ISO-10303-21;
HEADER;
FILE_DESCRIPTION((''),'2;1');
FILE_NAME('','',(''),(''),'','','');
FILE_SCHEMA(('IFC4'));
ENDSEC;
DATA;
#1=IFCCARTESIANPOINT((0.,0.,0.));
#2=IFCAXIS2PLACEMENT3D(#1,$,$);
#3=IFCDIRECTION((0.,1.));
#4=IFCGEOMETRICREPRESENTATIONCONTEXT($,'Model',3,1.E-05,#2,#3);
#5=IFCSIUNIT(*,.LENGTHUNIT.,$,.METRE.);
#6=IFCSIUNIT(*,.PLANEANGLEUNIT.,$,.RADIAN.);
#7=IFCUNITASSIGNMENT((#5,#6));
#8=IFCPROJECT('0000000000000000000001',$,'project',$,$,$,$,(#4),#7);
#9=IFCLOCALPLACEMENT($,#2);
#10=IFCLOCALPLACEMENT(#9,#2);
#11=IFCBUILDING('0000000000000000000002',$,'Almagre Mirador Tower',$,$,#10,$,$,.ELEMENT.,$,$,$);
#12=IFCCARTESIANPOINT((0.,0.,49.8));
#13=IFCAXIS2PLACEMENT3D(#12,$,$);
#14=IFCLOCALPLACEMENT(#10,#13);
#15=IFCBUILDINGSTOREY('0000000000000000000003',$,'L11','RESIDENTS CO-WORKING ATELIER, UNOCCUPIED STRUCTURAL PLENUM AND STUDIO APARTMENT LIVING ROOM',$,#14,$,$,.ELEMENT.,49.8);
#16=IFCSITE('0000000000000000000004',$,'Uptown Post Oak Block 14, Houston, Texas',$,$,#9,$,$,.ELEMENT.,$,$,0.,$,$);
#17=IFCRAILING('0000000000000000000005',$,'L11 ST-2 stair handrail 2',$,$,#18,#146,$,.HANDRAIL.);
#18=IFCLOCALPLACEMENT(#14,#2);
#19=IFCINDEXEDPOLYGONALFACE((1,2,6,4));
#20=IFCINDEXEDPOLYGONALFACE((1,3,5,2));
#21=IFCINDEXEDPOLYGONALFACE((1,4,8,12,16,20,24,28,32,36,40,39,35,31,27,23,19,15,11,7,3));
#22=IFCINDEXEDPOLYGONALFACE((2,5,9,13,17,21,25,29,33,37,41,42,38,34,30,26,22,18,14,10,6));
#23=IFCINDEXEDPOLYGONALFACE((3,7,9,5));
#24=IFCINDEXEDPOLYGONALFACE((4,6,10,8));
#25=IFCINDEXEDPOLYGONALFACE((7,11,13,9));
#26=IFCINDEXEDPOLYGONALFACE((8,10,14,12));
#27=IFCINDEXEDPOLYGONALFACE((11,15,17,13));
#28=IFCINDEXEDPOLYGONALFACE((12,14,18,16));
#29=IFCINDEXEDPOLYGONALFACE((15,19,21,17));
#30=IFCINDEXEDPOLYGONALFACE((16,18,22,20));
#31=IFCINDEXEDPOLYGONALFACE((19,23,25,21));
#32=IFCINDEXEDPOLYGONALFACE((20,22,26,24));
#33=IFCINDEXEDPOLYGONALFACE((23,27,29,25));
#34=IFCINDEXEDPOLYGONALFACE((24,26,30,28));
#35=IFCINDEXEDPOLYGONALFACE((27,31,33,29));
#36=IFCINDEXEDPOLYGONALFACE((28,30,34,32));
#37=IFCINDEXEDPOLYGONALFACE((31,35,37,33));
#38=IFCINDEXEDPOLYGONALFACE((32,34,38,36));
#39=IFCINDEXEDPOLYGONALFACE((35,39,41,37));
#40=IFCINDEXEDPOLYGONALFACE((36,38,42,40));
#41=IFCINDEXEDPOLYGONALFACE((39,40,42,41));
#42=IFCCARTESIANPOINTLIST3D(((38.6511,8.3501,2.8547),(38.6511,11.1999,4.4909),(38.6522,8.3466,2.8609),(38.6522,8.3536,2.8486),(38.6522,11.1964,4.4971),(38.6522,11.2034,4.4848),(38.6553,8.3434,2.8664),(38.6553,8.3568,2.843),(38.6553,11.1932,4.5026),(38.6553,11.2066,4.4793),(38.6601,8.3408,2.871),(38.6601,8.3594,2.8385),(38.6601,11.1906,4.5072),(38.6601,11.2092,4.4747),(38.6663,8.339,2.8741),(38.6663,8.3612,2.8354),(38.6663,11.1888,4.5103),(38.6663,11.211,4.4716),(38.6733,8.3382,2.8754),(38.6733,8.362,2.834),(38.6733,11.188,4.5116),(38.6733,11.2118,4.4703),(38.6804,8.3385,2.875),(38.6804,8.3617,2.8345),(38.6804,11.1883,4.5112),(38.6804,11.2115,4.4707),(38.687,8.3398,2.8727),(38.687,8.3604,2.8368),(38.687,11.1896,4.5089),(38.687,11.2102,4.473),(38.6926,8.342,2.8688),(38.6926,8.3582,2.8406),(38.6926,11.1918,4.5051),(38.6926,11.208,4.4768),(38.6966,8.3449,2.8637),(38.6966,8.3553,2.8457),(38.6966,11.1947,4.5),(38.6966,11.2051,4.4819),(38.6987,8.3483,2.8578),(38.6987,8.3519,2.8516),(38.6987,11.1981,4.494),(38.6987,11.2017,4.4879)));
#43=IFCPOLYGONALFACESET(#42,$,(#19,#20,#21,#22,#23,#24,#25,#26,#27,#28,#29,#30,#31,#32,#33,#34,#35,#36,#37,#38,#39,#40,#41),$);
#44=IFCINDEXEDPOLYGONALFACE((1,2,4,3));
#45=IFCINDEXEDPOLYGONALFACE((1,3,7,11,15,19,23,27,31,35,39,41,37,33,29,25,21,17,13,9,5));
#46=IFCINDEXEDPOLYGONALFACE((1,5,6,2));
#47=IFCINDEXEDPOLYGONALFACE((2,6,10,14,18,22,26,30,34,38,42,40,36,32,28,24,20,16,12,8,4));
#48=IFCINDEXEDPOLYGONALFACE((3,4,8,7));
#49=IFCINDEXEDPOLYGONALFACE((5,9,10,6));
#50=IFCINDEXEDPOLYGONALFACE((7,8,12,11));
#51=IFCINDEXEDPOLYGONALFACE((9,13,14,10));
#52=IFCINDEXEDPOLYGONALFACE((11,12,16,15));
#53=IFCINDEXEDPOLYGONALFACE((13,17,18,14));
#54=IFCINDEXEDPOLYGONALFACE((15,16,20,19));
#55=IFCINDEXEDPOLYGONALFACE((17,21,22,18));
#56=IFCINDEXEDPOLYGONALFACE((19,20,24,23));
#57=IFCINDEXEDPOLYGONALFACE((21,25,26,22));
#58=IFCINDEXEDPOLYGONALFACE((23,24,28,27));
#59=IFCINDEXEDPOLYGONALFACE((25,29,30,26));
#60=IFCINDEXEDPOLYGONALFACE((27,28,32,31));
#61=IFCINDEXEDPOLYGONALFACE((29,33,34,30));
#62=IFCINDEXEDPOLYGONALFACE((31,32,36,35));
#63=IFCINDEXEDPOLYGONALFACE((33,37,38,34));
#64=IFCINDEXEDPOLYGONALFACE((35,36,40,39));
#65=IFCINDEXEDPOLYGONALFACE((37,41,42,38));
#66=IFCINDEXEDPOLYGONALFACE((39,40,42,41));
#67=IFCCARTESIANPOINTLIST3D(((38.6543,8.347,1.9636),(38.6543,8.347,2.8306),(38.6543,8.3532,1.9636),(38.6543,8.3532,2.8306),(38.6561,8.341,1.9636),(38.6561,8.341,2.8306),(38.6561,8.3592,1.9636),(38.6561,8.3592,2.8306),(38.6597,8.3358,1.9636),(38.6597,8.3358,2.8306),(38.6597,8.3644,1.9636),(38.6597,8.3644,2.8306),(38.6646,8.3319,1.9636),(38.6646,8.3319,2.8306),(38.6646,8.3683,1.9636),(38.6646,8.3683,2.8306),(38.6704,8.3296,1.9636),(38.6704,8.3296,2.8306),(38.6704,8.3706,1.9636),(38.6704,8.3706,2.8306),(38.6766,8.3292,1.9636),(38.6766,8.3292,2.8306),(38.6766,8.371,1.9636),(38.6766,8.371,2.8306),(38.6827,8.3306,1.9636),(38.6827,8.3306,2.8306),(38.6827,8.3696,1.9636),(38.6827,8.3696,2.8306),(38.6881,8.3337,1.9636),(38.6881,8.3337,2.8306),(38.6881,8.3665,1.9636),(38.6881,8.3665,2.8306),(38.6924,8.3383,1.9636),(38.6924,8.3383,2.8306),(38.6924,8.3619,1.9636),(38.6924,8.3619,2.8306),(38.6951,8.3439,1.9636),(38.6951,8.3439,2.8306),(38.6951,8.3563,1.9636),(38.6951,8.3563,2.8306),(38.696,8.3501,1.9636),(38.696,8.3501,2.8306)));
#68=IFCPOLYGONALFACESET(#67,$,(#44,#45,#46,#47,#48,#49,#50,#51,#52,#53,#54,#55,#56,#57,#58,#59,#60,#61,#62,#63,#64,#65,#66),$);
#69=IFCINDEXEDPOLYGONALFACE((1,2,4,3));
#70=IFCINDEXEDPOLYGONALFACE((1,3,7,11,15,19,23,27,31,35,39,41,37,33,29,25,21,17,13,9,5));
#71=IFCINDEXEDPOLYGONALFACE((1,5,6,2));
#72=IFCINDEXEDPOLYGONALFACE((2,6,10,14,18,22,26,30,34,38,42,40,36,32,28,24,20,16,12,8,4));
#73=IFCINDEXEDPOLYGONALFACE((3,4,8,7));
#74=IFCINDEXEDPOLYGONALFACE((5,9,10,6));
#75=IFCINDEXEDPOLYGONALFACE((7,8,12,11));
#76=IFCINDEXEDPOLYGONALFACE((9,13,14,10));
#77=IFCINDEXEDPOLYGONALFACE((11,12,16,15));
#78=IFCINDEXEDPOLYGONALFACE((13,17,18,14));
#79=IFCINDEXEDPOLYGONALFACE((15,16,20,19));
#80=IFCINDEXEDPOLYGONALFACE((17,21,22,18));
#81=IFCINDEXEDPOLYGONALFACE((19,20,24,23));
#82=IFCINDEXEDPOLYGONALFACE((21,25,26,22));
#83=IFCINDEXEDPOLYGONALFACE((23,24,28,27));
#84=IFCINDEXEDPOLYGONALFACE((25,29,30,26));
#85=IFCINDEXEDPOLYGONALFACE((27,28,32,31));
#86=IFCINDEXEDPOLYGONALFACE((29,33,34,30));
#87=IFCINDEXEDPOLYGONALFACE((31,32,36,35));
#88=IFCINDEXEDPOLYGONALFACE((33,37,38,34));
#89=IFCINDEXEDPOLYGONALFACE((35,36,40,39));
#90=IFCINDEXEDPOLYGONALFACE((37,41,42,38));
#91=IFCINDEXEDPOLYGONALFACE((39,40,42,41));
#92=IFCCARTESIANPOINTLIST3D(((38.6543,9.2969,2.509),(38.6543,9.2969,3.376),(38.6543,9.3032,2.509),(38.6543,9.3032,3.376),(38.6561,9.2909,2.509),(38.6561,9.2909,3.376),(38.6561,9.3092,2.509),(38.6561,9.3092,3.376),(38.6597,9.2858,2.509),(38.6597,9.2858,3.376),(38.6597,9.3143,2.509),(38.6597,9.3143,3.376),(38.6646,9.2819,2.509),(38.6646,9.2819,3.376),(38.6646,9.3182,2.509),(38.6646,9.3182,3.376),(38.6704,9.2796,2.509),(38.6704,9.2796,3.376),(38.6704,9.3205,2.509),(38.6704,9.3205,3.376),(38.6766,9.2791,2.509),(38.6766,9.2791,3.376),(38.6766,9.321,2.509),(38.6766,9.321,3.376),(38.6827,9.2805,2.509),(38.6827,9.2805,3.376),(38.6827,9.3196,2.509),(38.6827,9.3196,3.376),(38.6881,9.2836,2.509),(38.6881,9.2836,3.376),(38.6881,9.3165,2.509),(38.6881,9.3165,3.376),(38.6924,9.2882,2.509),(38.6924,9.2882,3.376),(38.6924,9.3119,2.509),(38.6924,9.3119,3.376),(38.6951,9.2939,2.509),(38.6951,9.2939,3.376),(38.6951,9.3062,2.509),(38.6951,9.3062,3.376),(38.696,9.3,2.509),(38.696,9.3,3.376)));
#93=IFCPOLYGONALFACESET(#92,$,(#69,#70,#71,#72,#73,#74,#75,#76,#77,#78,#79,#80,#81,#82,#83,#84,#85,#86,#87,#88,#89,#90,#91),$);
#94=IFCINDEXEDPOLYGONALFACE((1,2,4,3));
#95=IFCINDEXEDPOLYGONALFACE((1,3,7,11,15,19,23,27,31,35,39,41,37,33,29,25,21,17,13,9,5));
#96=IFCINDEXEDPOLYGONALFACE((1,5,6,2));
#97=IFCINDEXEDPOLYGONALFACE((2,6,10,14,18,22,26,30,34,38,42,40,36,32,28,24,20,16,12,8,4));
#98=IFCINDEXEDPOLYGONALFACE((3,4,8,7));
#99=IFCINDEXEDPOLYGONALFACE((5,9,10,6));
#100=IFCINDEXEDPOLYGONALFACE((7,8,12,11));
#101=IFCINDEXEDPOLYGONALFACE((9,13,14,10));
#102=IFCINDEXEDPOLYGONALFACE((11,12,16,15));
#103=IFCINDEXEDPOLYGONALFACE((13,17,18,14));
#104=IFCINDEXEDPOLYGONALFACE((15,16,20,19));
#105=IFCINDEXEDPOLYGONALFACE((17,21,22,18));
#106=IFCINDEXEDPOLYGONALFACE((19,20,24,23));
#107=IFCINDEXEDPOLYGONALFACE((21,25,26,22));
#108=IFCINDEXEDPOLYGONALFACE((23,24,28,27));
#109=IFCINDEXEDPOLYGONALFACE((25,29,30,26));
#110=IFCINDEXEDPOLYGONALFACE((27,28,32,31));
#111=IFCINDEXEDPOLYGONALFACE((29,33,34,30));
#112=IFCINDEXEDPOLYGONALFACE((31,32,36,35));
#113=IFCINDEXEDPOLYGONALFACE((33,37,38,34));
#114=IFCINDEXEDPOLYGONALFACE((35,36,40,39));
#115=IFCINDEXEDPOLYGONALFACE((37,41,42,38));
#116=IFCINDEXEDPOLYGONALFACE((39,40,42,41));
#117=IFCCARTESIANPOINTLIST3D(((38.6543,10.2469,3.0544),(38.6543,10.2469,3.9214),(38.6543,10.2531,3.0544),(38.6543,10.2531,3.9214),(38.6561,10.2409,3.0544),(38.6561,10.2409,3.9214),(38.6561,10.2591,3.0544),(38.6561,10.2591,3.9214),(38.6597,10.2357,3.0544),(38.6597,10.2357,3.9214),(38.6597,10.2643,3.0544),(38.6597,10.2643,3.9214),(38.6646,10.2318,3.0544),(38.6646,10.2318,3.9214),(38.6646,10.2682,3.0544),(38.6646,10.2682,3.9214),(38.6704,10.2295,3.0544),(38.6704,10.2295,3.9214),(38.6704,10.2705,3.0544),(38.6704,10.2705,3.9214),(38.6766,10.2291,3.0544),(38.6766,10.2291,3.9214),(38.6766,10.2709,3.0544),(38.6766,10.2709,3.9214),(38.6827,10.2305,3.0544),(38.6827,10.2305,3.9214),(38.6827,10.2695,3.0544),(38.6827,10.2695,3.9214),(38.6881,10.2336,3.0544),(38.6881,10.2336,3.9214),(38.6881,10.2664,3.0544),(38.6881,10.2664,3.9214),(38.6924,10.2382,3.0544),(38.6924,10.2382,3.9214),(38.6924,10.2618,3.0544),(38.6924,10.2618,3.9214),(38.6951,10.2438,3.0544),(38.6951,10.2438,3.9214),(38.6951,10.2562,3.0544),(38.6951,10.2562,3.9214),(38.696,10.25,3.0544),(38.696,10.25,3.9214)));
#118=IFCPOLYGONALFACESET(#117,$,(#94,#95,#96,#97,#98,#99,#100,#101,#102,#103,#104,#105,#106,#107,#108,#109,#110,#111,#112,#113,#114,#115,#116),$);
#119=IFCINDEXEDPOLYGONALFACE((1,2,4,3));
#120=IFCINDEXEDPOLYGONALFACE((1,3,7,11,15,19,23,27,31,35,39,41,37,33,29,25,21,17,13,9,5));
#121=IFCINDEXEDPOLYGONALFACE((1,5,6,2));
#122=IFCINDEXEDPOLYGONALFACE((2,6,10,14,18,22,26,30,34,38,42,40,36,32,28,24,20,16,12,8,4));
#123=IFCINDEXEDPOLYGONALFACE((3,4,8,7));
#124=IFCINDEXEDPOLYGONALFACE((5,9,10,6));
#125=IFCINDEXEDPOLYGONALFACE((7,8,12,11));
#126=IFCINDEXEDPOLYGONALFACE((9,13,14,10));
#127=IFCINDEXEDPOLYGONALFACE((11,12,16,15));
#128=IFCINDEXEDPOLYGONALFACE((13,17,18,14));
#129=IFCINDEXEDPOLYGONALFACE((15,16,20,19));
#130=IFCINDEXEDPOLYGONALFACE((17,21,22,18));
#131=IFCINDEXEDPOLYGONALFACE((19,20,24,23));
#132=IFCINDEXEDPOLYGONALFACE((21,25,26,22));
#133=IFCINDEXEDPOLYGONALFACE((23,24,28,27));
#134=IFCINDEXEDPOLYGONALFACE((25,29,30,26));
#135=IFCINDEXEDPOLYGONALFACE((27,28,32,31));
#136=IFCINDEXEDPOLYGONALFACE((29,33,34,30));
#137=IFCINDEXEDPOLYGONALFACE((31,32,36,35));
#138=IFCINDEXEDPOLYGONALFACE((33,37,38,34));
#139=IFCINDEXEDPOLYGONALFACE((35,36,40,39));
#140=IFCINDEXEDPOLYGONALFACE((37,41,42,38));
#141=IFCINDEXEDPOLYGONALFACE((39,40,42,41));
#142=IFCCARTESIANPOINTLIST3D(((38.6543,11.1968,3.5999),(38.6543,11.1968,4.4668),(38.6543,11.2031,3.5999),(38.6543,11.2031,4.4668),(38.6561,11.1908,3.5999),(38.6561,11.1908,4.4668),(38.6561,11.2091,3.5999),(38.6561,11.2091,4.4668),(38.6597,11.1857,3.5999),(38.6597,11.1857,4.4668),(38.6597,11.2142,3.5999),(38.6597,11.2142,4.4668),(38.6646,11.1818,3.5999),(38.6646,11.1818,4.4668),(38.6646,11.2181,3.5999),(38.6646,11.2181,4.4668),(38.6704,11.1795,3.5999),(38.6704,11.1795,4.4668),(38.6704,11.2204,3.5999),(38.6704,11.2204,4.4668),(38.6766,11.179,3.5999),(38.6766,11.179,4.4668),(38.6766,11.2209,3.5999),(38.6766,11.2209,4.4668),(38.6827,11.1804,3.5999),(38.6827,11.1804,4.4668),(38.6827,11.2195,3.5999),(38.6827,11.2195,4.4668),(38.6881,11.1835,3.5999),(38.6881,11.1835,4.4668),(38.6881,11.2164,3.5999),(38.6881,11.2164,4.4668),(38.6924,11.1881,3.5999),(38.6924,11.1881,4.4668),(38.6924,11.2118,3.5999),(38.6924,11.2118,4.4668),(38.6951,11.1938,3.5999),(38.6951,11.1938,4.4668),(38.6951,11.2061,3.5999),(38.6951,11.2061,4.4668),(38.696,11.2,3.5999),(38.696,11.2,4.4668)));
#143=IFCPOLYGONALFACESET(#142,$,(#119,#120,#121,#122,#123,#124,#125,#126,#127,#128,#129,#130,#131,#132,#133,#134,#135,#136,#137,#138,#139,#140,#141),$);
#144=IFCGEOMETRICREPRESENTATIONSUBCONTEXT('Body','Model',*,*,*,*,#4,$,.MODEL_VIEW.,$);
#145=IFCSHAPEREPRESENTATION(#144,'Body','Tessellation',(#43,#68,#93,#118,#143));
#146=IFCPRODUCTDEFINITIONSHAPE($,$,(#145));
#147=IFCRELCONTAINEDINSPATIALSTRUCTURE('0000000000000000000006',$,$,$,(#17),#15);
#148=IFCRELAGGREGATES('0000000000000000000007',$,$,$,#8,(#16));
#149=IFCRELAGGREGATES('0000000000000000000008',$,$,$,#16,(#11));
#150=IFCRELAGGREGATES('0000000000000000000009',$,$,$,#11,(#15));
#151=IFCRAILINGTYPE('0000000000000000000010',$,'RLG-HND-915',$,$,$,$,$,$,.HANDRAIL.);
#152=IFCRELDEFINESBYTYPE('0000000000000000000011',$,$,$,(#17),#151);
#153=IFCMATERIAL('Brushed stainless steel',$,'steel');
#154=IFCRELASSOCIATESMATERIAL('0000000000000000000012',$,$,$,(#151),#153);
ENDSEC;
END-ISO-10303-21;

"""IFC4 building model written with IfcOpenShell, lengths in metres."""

from ifc_helpers import new_model, si_unit, direction, frame, origin, origin_2d, place, context, subcontext, project, spatial, circle, extrude, material, type_object, element, save


model = new_model("IFC4")

# Units and contexts
model_context = context("Model", 3, precision=1e-05, world=origin(), true_north=direction((0.0, 1.0)))
body_context = subcontext(model_context, "Body", "Model", "MODEL_VIEW")
ifc_project = project(units=[si_unit("LENGTHUNIT", "METRE"), si_unit("PLANEANGLEUNIT", "RADIAN")], contexts=[model_context])

# Site, building, storey
site_placement = place(None, origin())
site = spatial("IfcSite", under=ifc_project, at=site_placement, Name="Uptown Post Oak Block 14, Houston, Texas", CompositionType="ELEMENT", RefElevation=0.0)
building_placement = place(site_placement, origin())
building = spatial("IfcBuilding", under=site, at=building_placement, Name="Almagre Mirador Tower", CompositionType="ELEMENT")
storey_placement = place(building_placement, frame((0.0, 0.0, 49.8)))
storey = spatial("IfcBuildingStorey", under=building, at=storey_placement, Name="L11", Description="RESIDENTS CO-WORKING ATELIER, UNOCCUPIED STRUCTURAL PLENUM AND STUDIO APARTMENT LIVING ROOM", CompositionType="ELEMENT", Elevation=49.8)

# Railing
ifc_material_1 = material(Name="Brushed stainless steel", Category="steel")
railing_type_1 = type_object("IfcRailingType", Name="RLG-HND-915", PredefinedType="HANDRAIL", material=ifc_material_1)
railing_1_placement = place(storey_placement, frame((38.675, 8.3501, 1.9636)))
element("IfcRailing", 1, at=railing_1_placement, inside=storey, type_object=railing_type_1, Name="L11 ST-2 stair handrail 2", PredefinedType="HANDRAIL", context=body_context, shape_type="SweptSolid", body=[
    extrude(circle(Radius=0.0239, at=origin_2d()), frame((0.0, 0.0, 0.8911), z_axis=(0.0, 0.867226, 0.497914), x_axis=(-1.0, 0.0, 0.0)), (0.0, 0.0, 1.0), 3.2861),
    extrude(circle(Radius=0.021, at=origin_2d()), origin(), (0.0, 0.0, 1.0), 0.8669),
    extrude(circle(Radius=0.021, at=origin_2d()), frame((0.0, 0.95, 0.5454)), (0.0, 0.0, 1.0), 0.8669),
    extrude(circle(Radius=0.021, at=origin_2d()), frame((0.0, 1.8999, 1.0908)), (0.0, 0.0, 1.0), 0.8669),
    extrude(circle(Radius=0.021, at=origin_2d()), frame((0.0, 2.8499, 1.6362)), (0.0, 0.0, 1.0), 0.8669),
])

save(model, "model.ifc")
